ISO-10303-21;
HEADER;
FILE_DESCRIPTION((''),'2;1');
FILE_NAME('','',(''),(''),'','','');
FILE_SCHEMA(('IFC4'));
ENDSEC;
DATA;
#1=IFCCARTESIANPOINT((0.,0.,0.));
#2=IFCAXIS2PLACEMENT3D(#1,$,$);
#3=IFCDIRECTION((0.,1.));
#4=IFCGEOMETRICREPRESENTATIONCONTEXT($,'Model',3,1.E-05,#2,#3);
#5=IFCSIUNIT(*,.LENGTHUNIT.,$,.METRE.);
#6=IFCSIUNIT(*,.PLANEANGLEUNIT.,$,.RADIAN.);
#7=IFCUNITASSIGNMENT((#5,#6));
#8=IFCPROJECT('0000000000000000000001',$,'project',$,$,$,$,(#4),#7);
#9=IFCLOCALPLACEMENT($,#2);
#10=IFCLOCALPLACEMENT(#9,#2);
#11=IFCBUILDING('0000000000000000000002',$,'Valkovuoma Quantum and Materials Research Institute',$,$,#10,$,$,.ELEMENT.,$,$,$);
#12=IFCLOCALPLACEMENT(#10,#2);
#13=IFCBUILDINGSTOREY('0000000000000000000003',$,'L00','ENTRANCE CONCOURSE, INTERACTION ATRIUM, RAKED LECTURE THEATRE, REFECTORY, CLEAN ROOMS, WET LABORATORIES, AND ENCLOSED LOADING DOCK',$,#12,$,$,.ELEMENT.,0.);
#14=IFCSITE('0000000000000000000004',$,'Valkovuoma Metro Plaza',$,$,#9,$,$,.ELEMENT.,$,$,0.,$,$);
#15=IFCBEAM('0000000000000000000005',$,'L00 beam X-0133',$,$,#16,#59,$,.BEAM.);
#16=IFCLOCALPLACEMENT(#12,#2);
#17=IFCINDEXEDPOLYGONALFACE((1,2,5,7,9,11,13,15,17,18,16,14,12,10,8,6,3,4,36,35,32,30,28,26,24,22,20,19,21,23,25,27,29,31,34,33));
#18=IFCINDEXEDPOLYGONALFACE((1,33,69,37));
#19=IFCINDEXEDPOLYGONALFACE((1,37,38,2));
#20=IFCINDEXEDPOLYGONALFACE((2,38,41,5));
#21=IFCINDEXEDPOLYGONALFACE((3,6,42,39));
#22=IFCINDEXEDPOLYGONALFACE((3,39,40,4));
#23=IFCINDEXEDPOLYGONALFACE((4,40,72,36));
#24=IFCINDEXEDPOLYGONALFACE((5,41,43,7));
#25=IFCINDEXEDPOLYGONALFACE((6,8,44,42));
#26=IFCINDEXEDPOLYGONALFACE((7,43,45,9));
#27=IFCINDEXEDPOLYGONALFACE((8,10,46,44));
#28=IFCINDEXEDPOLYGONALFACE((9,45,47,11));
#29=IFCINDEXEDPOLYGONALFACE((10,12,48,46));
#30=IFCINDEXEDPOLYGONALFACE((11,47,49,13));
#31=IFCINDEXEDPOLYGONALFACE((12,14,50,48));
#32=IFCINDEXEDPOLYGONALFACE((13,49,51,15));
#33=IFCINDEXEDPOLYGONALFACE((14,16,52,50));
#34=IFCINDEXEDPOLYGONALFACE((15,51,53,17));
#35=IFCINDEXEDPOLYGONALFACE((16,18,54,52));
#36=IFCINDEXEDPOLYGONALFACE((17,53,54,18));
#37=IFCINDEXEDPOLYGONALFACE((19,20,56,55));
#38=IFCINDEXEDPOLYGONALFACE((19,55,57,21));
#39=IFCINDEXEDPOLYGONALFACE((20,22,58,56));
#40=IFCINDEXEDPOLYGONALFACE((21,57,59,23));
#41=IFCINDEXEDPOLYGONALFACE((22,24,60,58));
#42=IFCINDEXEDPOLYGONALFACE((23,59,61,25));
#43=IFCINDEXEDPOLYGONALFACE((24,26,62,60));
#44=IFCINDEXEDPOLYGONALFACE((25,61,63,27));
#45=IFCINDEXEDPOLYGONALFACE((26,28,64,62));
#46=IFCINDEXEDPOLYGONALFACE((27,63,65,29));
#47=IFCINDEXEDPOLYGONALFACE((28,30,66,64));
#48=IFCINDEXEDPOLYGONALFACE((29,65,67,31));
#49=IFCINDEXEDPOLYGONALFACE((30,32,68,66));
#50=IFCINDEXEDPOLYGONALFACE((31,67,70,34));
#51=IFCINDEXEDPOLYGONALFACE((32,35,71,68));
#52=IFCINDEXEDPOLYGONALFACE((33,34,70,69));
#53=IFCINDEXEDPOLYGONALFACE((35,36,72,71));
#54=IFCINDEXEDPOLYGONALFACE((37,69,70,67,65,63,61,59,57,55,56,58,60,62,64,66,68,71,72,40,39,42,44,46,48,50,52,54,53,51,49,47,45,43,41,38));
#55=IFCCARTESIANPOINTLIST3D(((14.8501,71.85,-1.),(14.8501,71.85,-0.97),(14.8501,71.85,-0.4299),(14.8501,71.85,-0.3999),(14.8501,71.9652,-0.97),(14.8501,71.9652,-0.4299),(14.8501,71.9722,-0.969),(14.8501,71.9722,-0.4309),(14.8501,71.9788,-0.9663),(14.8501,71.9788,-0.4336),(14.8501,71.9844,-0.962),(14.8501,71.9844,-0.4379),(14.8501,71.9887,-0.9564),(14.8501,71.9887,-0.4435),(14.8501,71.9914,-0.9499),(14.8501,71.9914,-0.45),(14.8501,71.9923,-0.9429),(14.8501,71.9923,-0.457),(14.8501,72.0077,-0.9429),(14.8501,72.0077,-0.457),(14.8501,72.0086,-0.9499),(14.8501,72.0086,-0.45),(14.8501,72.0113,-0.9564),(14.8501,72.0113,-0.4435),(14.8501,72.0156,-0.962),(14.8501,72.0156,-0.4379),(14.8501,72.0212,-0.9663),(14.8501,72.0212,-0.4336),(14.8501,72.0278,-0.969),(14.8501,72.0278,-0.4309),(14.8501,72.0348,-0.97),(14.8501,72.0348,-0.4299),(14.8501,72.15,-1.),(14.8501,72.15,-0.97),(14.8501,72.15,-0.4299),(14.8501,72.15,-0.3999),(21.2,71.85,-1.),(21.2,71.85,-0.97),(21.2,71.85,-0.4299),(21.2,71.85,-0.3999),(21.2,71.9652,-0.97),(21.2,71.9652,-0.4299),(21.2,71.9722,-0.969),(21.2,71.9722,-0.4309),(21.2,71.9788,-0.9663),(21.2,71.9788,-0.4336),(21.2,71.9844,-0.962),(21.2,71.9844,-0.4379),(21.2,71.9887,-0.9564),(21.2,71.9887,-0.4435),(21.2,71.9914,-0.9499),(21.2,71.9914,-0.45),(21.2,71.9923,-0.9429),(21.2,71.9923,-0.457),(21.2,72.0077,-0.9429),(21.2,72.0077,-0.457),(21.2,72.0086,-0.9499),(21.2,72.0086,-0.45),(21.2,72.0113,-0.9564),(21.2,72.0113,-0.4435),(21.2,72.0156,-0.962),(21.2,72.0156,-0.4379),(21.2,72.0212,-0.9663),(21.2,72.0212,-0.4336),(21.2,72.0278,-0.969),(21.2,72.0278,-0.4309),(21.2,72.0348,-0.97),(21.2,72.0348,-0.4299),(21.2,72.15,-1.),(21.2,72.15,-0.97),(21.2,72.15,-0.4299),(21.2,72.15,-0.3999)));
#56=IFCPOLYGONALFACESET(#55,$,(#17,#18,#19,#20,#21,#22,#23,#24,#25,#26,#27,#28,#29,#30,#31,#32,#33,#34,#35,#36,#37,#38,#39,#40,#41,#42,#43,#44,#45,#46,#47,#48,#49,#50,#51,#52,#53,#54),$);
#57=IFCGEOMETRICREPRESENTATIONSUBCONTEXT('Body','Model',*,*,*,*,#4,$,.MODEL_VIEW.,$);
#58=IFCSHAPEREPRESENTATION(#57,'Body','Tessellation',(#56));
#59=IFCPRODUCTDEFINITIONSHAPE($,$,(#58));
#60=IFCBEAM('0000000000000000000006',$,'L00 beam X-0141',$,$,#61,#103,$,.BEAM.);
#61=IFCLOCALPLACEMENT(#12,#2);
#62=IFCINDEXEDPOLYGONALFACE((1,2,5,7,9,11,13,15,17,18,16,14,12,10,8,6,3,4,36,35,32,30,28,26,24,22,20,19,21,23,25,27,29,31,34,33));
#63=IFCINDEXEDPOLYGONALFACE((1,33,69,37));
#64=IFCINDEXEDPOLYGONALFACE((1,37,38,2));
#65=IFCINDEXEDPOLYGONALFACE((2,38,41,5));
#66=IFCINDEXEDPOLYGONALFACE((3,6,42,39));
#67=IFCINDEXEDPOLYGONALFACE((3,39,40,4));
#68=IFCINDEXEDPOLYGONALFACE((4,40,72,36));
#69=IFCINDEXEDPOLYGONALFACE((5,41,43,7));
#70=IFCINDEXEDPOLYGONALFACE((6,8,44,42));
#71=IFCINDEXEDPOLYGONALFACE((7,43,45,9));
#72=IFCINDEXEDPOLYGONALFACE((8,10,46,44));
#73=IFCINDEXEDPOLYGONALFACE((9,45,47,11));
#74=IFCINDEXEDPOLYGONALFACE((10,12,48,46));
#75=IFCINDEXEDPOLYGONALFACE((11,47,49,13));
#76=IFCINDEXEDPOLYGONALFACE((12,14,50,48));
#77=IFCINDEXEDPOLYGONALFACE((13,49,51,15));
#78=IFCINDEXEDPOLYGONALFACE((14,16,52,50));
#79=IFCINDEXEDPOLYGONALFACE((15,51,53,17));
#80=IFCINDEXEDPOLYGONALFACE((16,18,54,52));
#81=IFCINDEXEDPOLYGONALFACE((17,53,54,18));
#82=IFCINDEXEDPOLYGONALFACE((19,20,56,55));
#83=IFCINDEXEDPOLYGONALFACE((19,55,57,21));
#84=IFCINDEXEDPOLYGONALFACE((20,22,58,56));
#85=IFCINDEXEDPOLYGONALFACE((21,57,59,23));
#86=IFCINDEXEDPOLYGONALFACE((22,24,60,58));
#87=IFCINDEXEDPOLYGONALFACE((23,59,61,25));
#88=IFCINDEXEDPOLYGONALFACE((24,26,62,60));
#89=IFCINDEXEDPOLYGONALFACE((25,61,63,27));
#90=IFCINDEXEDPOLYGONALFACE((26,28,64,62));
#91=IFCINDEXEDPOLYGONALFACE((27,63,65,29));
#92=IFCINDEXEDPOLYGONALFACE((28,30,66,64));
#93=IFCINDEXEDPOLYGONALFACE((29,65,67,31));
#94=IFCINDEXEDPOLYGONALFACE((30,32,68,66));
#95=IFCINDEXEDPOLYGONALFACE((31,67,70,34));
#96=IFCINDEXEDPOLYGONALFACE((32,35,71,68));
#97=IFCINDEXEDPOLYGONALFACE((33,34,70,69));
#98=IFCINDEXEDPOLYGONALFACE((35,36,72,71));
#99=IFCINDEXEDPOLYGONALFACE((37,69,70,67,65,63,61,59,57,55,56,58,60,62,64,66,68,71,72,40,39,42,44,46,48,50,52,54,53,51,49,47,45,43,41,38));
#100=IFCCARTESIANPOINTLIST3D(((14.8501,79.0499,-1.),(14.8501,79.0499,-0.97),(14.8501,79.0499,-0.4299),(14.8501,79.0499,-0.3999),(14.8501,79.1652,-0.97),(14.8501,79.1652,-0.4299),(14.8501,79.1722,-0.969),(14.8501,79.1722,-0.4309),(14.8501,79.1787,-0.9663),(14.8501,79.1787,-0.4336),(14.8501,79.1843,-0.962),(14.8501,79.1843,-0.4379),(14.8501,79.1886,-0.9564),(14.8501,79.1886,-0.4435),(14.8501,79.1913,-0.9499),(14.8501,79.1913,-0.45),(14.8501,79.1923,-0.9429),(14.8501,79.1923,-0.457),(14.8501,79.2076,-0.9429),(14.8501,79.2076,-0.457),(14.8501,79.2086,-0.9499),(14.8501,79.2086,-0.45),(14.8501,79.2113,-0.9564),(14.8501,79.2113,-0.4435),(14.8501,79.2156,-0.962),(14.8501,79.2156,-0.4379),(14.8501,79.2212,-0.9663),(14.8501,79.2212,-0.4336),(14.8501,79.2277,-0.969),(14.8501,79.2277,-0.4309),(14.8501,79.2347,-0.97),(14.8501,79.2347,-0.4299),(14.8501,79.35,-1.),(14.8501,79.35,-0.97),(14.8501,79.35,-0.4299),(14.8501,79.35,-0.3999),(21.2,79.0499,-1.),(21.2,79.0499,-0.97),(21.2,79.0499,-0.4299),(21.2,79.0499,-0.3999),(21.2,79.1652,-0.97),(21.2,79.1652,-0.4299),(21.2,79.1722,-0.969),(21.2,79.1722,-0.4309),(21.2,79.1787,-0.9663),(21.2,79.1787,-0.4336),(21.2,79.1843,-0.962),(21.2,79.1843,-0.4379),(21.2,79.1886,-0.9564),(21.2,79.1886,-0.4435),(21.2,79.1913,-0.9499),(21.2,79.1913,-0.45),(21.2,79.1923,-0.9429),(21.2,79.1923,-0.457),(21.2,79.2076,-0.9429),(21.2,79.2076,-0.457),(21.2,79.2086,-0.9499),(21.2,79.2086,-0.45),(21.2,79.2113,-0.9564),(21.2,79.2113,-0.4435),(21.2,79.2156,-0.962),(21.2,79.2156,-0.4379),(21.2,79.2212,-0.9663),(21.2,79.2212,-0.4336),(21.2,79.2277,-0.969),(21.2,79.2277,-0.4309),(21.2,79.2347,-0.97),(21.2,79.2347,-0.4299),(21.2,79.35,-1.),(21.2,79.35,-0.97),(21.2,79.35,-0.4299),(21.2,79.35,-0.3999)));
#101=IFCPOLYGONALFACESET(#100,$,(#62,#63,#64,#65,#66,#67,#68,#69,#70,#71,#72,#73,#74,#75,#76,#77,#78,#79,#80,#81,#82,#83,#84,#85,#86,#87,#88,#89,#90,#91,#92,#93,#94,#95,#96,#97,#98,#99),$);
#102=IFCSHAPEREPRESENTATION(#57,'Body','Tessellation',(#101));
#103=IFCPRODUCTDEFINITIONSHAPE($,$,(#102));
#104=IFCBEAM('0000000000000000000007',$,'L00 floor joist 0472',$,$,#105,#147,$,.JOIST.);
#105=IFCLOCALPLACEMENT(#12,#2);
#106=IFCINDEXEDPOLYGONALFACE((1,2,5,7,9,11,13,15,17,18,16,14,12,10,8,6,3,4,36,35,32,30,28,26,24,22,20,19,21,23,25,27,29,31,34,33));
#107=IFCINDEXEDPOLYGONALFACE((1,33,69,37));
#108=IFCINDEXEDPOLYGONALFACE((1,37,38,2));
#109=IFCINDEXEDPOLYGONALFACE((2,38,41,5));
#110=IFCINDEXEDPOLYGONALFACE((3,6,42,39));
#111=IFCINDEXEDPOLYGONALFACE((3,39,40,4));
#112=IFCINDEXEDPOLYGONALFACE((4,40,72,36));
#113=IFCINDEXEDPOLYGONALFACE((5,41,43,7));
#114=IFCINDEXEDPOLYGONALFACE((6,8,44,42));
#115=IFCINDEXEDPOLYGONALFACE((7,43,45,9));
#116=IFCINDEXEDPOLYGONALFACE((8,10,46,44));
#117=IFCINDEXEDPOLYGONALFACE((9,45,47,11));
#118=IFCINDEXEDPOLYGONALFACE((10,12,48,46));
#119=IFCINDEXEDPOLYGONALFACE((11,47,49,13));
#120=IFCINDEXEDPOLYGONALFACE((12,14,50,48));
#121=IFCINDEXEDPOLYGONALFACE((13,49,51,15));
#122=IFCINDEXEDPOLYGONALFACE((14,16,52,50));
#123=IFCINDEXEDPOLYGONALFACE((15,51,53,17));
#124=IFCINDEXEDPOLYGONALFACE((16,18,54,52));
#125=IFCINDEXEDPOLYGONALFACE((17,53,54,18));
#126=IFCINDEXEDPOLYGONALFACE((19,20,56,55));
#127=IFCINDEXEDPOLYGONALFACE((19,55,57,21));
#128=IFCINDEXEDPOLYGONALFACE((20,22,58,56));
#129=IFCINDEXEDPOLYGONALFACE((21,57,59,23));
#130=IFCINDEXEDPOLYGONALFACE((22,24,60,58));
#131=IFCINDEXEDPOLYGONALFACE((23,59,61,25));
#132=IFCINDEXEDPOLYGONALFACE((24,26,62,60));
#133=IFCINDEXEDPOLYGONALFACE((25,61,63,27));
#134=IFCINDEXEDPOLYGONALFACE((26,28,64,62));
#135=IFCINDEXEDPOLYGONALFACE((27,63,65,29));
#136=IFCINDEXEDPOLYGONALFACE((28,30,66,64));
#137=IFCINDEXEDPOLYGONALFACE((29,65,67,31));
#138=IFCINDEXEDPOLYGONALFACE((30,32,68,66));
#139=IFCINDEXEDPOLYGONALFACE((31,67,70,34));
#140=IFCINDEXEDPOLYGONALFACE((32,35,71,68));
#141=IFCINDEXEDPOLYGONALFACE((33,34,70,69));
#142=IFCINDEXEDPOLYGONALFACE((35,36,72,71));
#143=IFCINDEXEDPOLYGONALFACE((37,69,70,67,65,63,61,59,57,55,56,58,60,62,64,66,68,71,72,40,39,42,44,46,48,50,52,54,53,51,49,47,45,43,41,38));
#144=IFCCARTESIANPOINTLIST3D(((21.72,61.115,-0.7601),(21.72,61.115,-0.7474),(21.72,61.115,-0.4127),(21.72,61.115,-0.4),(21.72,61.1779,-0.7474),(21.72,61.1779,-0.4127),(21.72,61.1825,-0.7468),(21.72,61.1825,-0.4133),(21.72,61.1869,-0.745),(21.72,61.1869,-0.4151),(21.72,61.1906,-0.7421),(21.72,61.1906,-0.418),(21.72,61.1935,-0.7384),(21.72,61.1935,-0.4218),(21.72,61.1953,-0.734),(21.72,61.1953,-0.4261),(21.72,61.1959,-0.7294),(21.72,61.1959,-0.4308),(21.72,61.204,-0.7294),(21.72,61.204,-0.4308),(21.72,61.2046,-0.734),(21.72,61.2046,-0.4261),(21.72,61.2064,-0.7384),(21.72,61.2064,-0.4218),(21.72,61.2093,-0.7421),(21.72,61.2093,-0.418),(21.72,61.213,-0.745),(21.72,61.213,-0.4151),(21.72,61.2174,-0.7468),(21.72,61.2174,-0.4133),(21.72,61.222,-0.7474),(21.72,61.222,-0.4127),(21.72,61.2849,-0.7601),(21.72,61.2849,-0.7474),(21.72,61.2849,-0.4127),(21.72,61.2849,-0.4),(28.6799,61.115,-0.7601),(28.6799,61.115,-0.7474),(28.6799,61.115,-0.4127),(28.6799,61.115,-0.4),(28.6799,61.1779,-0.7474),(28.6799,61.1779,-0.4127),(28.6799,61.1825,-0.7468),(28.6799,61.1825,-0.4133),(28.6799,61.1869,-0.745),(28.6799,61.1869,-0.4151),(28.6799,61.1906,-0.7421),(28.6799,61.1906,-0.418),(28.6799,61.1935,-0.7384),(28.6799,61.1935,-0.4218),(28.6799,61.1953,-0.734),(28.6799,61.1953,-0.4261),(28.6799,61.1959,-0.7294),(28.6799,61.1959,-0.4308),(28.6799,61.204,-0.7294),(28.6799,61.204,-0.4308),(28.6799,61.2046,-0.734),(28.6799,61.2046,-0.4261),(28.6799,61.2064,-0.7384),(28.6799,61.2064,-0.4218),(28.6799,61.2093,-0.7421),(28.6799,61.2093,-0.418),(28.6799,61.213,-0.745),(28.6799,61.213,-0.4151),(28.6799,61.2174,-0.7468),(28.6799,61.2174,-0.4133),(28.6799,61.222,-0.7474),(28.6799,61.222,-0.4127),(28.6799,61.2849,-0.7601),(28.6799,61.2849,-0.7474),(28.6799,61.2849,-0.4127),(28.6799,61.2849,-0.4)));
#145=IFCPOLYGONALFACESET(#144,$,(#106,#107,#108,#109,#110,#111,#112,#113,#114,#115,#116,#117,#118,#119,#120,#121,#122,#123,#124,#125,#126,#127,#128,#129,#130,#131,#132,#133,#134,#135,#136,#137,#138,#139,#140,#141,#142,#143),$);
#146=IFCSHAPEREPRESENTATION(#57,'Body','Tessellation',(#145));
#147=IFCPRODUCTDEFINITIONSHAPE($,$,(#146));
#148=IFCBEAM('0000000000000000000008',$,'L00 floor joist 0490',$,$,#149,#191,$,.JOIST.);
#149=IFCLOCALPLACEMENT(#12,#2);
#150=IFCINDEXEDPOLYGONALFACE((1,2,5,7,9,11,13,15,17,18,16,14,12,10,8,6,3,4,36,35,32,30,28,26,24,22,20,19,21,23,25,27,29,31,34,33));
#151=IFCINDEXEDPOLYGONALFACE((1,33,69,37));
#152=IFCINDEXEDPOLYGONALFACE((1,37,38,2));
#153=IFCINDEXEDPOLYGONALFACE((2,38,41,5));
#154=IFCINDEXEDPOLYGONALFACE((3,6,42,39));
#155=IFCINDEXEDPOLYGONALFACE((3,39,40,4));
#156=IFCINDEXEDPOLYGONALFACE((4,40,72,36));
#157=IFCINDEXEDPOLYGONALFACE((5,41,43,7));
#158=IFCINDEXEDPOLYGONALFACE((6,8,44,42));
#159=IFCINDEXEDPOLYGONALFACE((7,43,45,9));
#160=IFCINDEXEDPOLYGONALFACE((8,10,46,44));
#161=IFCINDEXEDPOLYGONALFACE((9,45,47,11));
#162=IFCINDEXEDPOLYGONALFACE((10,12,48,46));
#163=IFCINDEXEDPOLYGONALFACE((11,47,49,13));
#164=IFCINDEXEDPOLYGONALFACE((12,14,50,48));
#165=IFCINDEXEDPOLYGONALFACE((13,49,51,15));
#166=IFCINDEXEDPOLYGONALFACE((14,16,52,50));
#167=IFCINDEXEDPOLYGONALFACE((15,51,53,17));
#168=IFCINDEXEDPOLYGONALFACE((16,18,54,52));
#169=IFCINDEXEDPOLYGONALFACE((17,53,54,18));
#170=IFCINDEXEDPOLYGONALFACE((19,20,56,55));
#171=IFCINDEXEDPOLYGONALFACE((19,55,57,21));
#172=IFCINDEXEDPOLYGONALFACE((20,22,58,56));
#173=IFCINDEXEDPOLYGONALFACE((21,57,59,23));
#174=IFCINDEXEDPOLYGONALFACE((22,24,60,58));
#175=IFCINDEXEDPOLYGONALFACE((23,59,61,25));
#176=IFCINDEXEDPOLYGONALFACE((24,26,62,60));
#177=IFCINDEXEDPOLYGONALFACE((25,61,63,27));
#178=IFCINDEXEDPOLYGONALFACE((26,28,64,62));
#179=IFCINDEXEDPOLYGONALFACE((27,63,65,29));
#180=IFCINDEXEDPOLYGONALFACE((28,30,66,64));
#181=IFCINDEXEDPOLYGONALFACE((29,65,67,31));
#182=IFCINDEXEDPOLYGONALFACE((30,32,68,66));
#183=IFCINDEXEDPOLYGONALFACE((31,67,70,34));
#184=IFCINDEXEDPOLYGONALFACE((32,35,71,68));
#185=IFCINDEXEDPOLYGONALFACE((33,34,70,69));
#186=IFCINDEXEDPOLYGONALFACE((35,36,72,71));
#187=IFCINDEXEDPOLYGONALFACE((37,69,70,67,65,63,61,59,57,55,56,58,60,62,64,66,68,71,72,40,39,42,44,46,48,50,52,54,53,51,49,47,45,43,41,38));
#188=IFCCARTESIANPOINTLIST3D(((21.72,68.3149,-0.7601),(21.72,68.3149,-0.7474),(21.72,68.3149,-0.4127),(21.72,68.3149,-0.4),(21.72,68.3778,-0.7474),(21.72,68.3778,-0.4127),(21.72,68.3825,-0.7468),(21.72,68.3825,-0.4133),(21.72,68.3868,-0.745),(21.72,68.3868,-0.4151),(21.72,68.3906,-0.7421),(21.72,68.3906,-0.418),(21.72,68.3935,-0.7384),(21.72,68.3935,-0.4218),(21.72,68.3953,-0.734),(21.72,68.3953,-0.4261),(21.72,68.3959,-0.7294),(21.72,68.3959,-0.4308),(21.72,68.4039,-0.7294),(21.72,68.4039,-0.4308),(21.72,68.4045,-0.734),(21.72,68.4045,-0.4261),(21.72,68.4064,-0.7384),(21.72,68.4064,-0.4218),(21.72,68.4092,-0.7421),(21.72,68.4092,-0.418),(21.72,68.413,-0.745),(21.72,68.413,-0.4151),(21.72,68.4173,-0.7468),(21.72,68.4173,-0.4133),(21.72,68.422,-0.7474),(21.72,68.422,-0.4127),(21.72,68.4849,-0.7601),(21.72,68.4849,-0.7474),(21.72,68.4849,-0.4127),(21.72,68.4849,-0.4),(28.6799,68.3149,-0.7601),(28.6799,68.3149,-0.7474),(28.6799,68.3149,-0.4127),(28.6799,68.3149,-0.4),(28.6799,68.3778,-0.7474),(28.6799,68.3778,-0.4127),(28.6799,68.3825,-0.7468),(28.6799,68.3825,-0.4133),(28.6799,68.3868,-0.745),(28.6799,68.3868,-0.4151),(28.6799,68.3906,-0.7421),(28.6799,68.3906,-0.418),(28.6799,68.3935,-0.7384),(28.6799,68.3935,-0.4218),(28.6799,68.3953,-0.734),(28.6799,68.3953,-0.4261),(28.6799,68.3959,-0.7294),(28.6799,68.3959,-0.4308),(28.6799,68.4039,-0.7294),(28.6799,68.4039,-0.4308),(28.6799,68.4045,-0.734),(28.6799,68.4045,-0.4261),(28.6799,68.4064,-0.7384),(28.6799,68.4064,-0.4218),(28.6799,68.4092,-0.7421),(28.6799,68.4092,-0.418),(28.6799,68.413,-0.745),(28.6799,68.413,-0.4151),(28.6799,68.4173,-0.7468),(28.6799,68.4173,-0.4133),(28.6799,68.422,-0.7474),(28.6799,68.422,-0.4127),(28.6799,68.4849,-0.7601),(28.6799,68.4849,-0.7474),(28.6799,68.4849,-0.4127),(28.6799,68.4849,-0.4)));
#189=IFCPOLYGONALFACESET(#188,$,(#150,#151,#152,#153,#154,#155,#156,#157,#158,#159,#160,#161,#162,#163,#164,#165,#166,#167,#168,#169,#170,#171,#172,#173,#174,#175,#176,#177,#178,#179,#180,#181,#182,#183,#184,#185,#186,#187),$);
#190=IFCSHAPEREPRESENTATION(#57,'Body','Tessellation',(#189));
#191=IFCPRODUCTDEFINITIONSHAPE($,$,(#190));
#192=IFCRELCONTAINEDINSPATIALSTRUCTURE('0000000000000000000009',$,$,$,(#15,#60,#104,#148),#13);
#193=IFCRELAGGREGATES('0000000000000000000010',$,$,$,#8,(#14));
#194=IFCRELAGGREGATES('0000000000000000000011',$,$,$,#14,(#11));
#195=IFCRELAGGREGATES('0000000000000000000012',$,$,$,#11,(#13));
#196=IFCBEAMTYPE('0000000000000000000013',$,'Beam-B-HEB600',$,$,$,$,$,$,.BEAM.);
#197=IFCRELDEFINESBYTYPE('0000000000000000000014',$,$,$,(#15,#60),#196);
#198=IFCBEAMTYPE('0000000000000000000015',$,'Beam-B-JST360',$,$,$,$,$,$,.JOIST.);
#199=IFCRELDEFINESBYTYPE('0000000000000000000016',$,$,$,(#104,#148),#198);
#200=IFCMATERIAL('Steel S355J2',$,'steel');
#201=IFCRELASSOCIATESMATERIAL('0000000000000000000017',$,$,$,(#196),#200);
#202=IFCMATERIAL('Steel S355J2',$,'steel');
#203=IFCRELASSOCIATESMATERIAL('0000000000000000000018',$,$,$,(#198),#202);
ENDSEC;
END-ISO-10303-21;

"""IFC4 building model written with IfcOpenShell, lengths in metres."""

from ifc_helpers import new_model, si_unit, direction, frame, origin, origin_2d, place, context, subcontext, project, spatial, i_section, extrude, material, material_profile, profile_set, type_object, element, save


model = new_model("IFC4")

# Units and contexts
model_context = context("Model", 3, precision=1e-05, world=origin(), true_north=direction((0.0, 1.0)))
body_context = subcontext(model_context, "Body", "Model", "MODEL_VIEW")
ifc_project = project(units=[si_unit("LENGTHUNIT", "METRE"), si_unit("PLANEANGLEUNIT", "RADIAN")], contexts=[model_context])

# Site, building, storey
site_placement = place(None, origin())
site = spatial("IfcSite", under=ifc_project, at=site_placement, Name="Valkovuoma Metro Plaza", CompositionType="ELEMENT", RefElevation=0.0)
building_placement = place(site_placement, origin())
building = spatial("IfcBuilding", under=site, at=building_placement, Name="Valkovuoma Quantum and Materials Research Institute", CompositionType="ELEMENT")
storey_placement = place(building_placement, origin())
storey = spatial("IfcBuildingStorey", under=building, at=storey_placement, Name="L00", Description="ENTRANCE CONCOURSE, INTERACTION ATRIUM, RAKED LECTURE THEATRE, REFECTORY, CLEAN ROOMS, WET LABORATORIES, AND ENCLOSED LOADING DOCK", CompositionType="ELEMENT", Elevation=0.0)

# Beams
ifc_material_1 = material(Name="Steel S355J2", Category="steel")
ifc_material_profile_1 = material_profile(ifc_material_1, i_section(OverallWidth=0.3, OverallDepth=0.6001, WebThickness=0.0154, FlangeThickness=0.03, FilletRadius=0.0271, at=origin_2d()), Name="Steel S355J2")
ifc_profile_set_1 = profile_set([ifc_material_profile_1], Name="Steel S355J2")
beam_type_1 = type_object("IfcBeamType", Name="Beam-B-HEB600", PredefinedType="BEAM", material=ifc_profile_set_1)
for number, where, z_axis, x_axis, name in (
    (1, (14.8501, 72.0, -0.7), (1.0, 0.0, 0.0), (0.0, 1.0, 0.0), "L00 beam X-0133"),
    (2, (14.8501, 79.2, -0.7), (1.0, 0.0, 0.0), (0.0, 1.0, 0.0), "L00 beam X-0141"),
):
    element("IfcBeam", number, at=place(storey_placement, frame(where, z_axis=z_axis, x_axis=x_axis)), inside=storey, type_object=beam_type_1, Name=name, PredefinedType="BEAM", context=body_context, shape_type="SweptSolid", body=[
        extrude(i_section(OverallWidth=0.3, OverallDepth=0.6001, WebThickness=0.0154, FlangeThickness=0.03, FilletRadius=0.0271, at=origin_2d()), origin(), (0.0, 0.0, 1.0), 6.3499),
    ])
ifc_material_2 = material(Name="Steel S355J2", Category="steel")
ifc_material_profile_2 = material_profile(ifc_material_2, i_section(OverallWidth=0.1699, OverallDepth=0.3601, WebThickness=0.0081, FlangeThickness=0.0127, FilletRadius=0.0181, at=origin_2d()), Name="Steel S355J2")
ifc_profile_set_2 = profile_set([ifc_material_profile_2], Name="Steel S355J2")
beam_type_2 = type_object("IfcBeamType", Name="Beam-B-JST360", PredefinedType="JOIST", material=ifc_profile_set_2)
for number, where, z_axis, x_axis, name in (
    (3, (21.72, 61.2, -0.5801), (1.0, 0.0, 0.0), (0.0, 1.0, 0.0), "L00 floor joist 0472"),
    (4, (21.72, 68.3999, -0.5801), (1.0, 0.0, 0.0), (0.0, 1.0, 0.0), "L00 floor joist 0490"),
):
    element("IfcBeam", number, at=place(storey_placement, frame(where, z_axis=z_axis, x_axis=x_axis)), inside=storey, type_object=beam_type_2, Name=name, PredefinedType="JOIST", context=body_context, shape_type="SweptSolid", body=[
        extrude(i_section(OverallWidth=0.1699, OverallDepth=0.3601, WebThickness=0.0081, FlangeThickness=0.0127, FilletRadius=0.0181, at=origin_2d()), origin(), (0.0, 0.0, 1.0), 6.96),
    ])

save(model, "model.ifc")
